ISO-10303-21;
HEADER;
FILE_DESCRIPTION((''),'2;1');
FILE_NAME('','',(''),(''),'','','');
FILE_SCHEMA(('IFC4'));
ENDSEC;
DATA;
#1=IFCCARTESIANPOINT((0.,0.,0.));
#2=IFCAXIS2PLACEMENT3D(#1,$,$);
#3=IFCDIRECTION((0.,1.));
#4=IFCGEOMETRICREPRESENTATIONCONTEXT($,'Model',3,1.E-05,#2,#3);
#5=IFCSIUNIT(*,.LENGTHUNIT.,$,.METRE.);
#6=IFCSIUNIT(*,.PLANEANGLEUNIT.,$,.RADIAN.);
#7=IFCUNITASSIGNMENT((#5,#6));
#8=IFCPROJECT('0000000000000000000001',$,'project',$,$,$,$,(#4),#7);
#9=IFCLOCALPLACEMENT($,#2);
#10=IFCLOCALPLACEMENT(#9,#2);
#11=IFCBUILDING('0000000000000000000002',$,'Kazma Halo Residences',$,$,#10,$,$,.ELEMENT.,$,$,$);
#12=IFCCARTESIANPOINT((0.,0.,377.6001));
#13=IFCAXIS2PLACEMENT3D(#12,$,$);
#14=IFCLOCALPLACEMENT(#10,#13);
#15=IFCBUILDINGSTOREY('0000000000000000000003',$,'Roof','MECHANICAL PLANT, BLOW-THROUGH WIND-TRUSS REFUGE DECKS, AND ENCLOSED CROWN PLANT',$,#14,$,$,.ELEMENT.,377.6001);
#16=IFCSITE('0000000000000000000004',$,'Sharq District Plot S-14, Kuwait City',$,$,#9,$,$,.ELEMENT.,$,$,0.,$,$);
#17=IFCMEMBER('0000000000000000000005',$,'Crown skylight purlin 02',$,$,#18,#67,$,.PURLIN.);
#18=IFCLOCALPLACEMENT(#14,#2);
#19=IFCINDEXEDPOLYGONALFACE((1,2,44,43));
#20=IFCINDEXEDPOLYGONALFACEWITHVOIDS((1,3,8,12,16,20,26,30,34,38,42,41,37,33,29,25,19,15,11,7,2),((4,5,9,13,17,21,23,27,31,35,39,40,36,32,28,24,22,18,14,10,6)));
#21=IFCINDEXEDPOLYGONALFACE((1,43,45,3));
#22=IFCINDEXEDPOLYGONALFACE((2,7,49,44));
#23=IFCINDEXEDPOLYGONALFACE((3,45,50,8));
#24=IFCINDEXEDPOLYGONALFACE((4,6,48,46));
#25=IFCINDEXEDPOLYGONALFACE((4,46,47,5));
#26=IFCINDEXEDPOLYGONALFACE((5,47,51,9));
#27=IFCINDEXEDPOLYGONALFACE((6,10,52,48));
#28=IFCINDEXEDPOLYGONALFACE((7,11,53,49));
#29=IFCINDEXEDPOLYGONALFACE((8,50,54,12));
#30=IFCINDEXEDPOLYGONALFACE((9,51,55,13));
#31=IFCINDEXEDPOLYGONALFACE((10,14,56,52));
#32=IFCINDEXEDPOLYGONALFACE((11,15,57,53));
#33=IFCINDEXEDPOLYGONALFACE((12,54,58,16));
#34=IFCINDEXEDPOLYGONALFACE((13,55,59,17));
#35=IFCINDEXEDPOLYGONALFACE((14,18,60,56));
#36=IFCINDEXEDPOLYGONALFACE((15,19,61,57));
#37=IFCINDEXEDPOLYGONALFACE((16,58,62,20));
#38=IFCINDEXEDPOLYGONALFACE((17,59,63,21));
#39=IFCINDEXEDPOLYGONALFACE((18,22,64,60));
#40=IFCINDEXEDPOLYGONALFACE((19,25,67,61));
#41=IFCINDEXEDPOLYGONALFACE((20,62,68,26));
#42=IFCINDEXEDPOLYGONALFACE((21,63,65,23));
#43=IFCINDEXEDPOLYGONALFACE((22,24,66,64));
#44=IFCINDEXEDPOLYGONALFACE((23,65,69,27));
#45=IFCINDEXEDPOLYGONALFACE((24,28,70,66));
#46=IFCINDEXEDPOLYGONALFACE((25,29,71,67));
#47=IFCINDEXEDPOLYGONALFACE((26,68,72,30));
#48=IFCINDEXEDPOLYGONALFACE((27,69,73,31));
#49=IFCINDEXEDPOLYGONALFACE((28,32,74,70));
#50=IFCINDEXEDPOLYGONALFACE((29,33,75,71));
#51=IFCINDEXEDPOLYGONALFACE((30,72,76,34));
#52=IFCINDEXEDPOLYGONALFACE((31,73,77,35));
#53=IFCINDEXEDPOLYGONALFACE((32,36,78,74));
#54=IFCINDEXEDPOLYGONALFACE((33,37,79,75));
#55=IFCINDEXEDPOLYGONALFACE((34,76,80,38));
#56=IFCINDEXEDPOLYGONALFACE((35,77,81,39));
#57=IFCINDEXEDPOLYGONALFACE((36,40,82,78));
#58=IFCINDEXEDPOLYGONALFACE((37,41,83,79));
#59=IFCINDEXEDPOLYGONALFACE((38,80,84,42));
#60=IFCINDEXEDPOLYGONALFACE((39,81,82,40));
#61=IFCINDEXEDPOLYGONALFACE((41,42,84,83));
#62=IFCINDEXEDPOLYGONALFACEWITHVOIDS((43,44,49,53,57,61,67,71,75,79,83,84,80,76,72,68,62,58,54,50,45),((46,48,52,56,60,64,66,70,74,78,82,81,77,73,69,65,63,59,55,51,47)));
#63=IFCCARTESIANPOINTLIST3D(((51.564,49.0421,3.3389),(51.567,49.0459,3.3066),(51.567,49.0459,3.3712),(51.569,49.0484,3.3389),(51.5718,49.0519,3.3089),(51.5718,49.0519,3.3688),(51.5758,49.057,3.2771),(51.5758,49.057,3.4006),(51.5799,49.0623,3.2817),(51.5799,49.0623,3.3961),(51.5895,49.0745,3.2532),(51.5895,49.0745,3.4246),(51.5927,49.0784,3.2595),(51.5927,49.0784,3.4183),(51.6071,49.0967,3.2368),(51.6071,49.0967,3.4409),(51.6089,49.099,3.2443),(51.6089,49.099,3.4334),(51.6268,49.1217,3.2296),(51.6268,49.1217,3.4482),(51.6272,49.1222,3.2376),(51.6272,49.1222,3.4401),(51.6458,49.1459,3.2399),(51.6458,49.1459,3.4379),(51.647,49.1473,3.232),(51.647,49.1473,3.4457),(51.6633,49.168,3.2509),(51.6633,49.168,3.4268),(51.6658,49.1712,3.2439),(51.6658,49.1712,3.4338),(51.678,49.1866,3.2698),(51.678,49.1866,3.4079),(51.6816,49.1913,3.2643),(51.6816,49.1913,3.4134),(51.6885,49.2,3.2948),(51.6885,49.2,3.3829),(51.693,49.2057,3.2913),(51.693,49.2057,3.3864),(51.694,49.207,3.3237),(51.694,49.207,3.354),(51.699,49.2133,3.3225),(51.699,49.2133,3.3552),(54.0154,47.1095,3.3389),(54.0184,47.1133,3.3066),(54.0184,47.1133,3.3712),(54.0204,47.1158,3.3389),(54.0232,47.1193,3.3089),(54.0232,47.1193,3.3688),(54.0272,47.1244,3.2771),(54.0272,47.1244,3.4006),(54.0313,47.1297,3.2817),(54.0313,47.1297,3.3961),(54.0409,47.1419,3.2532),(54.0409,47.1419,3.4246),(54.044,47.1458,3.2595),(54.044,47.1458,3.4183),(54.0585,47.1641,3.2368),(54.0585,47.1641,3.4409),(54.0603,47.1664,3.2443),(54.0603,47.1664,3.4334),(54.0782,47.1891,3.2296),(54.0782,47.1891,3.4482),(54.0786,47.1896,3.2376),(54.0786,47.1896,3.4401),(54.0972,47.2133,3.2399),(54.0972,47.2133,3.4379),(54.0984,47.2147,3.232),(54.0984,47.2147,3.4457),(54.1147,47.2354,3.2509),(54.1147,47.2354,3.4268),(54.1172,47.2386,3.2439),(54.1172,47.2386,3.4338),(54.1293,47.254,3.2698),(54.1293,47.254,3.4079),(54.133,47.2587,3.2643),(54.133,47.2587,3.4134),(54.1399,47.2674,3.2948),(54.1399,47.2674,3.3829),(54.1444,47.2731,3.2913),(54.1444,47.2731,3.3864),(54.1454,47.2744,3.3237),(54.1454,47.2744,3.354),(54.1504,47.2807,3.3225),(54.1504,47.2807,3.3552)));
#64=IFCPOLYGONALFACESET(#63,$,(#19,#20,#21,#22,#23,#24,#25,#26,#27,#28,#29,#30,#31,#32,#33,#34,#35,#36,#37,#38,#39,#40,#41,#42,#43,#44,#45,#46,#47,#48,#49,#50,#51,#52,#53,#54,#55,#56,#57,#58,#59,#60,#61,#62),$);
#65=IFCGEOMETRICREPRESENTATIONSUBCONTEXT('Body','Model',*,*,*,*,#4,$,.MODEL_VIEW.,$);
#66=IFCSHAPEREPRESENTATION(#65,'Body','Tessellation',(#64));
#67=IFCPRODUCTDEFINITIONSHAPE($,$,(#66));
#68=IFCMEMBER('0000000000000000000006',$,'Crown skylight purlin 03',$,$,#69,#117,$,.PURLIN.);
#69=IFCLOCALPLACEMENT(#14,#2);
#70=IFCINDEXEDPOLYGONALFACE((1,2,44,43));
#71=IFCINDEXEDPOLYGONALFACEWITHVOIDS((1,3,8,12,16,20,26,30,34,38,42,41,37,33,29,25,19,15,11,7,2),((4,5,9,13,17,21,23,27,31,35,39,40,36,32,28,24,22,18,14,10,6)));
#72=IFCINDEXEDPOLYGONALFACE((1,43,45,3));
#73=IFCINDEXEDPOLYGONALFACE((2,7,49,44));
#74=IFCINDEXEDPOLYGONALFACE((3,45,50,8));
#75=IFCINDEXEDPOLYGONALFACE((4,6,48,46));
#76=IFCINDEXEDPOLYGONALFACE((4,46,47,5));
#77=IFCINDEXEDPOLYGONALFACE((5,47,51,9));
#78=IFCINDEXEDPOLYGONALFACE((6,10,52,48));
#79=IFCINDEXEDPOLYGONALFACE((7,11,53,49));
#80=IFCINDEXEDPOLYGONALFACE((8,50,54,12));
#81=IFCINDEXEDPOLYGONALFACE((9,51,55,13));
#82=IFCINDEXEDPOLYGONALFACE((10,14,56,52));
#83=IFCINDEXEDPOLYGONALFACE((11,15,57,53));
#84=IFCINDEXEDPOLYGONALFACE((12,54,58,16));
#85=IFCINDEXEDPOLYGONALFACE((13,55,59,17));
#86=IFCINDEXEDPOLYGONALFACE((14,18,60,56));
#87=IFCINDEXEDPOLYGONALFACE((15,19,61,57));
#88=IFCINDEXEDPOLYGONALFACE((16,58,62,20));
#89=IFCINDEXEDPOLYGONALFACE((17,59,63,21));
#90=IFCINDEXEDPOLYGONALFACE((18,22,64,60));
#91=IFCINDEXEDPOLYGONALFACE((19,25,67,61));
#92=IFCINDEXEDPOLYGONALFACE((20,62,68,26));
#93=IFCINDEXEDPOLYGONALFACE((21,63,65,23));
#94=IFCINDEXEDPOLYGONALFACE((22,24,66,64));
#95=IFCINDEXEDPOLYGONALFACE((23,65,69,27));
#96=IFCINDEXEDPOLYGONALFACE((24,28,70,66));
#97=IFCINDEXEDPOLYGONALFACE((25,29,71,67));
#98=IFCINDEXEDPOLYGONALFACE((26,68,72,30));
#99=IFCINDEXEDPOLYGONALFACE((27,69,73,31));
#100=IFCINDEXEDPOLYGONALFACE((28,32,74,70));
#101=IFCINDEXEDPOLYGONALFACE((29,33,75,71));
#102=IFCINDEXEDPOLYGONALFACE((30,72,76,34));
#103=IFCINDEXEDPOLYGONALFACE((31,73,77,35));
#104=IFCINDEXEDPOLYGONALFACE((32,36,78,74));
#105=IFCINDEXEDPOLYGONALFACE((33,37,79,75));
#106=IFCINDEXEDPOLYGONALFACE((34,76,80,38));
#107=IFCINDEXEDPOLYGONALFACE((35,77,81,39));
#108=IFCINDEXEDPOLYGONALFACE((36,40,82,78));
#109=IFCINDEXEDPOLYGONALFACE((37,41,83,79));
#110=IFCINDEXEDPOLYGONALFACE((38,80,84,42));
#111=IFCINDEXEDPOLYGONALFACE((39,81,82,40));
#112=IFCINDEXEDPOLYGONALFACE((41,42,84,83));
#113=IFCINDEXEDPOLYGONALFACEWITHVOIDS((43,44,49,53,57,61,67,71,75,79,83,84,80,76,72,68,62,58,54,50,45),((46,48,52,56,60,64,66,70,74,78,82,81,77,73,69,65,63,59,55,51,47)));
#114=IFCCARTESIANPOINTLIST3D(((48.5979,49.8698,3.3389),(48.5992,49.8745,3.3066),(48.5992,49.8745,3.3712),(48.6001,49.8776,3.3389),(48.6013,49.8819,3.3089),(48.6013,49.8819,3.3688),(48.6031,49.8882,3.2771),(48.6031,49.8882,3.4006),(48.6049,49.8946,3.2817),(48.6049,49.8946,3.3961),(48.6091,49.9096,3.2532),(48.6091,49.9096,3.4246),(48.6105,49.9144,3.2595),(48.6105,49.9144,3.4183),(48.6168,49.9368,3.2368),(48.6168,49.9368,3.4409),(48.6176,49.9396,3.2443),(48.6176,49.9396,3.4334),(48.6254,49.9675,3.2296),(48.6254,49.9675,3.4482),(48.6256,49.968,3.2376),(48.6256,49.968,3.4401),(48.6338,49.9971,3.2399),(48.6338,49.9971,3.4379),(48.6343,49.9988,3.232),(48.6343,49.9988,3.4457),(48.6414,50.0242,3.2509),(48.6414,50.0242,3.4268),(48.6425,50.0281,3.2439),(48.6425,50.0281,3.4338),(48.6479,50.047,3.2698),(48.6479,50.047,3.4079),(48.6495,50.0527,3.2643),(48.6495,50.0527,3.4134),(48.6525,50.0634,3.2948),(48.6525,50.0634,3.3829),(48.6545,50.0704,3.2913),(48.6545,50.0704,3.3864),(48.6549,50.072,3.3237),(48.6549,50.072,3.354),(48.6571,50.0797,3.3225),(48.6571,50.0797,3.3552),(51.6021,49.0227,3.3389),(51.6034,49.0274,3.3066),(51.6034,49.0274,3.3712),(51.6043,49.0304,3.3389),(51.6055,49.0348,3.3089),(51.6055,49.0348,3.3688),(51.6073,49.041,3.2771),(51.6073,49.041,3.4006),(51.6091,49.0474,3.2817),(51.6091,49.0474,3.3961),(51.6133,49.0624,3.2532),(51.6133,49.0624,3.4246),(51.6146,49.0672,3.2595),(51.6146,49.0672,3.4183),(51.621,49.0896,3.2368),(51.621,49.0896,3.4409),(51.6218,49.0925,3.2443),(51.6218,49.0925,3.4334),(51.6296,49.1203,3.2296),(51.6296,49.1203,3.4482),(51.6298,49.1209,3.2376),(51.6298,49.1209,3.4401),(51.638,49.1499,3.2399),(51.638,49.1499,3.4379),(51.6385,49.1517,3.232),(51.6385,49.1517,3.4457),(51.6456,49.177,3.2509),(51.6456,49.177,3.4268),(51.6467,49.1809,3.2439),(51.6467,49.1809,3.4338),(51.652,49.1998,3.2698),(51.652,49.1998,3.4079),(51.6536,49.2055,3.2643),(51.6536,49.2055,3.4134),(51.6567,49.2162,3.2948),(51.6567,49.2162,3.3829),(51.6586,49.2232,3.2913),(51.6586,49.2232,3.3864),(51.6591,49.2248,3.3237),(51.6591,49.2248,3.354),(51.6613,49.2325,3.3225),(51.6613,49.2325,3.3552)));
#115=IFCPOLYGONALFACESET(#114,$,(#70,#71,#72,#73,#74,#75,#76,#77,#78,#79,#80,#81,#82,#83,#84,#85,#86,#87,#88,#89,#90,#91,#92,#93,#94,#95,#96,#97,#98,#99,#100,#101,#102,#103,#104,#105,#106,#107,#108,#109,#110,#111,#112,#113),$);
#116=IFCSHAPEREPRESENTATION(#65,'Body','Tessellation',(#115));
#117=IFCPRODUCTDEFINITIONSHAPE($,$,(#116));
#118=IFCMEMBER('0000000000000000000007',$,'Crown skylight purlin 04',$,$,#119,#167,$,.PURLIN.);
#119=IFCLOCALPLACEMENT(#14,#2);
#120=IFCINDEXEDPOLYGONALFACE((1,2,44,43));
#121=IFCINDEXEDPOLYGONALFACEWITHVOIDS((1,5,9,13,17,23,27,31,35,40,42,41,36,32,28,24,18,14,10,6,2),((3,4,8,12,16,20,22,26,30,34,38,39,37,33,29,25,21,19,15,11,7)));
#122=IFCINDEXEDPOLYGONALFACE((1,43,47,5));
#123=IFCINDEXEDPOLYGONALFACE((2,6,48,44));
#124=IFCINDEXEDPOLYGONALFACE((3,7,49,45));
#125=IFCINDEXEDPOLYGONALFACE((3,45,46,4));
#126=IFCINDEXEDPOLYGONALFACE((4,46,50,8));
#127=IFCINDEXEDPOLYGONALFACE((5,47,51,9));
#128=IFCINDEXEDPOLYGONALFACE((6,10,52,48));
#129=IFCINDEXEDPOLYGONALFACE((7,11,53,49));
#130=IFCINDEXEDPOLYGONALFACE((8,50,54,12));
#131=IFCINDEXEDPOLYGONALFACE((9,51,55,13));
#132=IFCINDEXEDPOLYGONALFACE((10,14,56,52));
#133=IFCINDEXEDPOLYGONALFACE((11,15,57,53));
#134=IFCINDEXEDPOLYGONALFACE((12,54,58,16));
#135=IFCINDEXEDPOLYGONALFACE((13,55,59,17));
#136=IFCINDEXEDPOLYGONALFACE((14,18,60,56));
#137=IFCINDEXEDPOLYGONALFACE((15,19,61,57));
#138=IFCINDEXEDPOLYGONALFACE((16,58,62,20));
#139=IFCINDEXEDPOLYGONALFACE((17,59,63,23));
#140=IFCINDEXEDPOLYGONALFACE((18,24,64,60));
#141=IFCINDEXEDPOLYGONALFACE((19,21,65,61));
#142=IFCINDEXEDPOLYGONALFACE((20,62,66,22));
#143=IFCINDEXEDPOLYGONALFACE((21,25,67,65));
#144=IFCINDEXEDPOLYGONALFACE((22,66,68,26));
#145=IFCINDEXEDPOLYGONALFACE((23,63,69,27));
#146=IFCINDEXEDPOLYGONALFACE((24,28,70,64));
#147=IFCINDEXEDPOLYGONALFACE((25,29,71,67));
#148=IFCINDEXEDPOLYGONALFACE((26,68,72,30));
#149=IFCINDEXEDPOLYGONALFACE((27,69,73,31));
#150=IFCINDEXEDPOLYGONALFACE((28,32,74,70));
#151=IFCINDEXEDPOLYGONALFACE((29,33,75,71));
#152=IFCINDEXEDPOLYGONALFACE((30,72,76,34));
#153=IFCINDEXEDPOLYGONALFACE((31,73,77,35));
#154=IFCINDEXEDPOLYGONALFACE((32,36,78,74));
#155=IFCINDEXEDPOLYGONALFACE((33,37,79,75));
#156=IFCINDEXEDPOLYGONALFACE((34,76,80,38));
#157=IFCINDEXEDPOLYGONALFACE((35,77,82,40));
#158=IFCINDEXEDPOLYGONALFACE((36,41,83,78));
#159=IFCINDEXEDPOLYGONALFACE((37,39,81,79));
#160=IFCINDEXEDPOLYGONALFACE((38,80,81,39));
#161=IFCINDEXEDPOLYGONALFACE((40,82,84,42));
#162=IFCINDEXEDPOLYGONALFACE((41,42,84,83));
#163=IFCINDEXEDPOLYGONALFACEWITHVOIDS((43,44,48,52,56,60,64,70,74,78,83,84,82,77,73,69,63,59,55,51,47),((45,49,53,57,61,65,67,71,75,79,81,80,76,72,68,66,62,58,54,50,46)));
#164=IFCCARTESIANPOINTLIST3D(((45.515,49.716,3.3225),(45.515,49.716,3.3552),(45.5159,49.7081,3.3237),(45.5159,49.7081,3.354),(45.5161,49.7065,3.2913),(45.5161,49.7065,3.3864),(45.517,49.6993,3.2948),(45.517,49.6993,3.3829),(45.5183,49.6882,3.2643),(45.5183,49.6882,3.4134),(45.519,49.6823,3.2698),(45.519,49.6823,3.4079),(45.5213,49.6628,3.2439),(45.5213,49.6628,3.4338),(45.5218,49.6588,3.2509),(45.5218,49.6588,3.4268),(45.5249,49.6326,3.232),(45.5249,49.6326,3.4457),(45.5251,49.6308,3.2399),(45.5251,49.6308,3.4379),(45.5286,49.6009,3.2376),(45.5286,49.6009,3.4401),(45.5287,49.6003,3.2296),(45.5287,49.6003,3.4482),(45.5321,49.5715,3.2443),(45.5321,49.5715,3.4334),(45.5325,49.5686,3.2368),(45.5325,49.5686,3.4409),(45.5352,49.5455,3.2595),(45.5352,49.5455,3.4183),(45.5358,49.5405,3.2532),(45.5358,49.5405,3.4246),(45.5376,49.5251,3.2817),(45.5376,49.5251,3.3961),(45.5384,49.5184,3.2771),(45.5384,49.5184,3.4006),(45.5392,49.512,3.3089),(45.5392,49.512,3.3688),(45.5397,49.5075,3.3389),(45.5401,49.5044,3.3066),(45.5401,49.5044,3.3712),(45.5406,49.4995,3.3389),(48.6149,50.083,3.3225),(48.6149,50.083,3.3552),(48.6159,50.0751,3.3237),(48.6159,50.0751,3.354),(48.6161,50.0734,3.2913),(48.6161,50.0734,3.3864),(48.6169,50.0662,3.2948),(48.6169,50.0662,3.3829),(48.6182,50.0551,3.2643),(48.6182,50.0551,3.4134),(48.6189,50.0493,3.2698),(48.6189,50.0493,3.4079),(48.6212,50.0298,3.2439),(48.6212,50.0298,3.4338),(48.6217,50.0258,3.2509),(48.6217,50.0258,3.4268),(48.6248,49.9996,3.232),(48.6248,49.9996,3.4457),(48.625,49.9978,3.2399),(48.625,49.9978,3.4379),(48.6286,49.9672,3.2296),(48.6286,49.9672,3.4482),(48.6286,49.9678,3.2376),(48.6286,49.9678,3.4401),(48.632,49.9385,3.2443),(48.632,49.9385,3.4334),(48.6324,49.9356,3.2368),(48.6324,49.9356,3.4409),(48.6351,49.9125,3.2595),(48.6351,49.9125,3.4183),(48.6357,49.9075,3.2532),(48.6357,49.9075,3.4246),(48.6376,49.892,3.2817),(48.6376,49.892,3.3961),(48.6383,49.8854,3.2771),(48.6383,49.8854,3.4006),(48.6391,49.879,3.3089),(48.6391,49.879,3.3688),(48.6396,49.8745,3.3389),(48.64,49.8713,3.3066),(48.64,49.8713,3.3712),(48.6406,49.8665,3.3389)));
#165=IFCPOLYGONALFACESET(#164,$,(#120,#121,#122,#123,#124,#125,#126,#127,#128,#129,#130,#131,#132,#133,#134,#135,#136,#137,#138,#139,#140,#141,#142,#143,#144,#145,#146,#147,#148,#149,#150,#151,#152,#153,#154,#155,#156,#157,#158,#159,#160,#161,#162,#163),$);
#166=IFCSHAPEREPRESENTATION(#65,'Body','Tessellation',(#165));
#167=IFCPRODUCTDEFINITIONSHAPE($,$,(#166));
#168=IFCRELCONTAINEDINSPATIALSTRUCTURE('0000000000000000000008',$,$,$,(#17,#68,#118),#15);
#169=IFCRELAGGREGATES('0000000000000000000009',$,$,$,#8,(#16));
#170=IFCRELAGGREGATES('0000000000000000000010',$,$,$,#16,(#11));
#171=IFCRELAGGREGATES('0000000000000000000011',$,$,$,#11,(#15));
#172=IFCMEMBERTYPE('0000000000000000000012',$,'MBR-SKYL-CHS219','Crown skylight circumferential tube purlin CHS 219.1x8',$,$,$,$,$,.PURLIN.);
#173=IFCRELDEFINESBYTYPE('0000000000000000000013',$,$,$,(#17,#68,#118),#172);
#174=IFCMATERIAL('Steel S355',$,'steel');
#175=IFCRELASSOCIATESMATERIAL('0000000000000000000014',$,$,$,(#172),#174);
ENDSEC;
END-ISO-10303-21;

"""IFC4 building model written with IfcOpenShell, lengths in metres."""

from ifc_helpers import new_model, si_unit, direction, frame, origin, origin_2d, place, context, subcontext, project, spatial, hollow_circle, extrude, material, material_profile, profile_set, type_object, element, save


model = new_model("IFC4")

# Units and contexts
model_context = context("Model", 3, precision=1e-05, world=origin(), true_north=direction((0.0, 1.0)))
body_context = subcontext(model_context, "Body", "Model", "MODEL_VIEW")
ifc_project = project(units=[si_unit("LENGTHUNIT", "METRE"), si_unit("PLANEANGLEUNIT", "RADIAN")], contexts=[model_context])

# Site, building, storey
site_placement = place(None, origin())
site = spatial("IfcSite", under=ifc_project, at=site_placement, Name="Sharq District Plot S-14, Kuwait City", CompositionType="ELEMENT", RefElevation=0.0)
building_placement = place(site_placement, origin())
building = spatial("IfcBuilding", under=site, at=building_placement, Name="Kazma Halo Residences", CompositionType="ELEMENT")
storey_placement = place(building_placement, frame((0.0, 0.0, 377.6001)))
storey = spatial("IfcBuildingStorey", under=building, at=storey_placement, Name="Roof", Description="MECHANICAL PLANT, BLOW-THROUGH WIND-TRUSS REFUGE DECKS, AND ENCLOSED CROWN PLANT", CompositionType="ELEMENT", Elevation=377.6001)

# Shared definitions
ifc_material_1 = material(Name="Steel S355", Category="steel")

# Members
ifc_material_profile_1 = material_profile(ifc_material_1, hollow_circle(Radius=0.1096, WallThickness=0.0081, at=origin_2d()), Name="CHS219.1x8")
ifc_profile_set_1 = profile_set([ifc_material_profile_1], Name="Steel S355")
member_type_1 = type_object("IfcMemberType", Name="MBR-SKYL-CHS219", Description="Crown skylight circumferential tube purlin CHS 219.1x8", PredefinedType="PURLIN", material=ifc_profile_set_1)
member_1_placement = place(storey_placement, frame((54.0833, 47.1956, 3.3389), z_axis=(-0.785305, 0.619109, 0.0), x_axis=(-0.619109, -0.785305, 0.0)))
element("IfcMember", 1, at=member_1_placement, inside=storey, type_object=member_type_1, Name="Crown skylight purlin 02", PredefinedType="PURLIN", context=body_context, shape_type="SweptSolid", body=[
    extrude(hollow_circle(Radius=0.1096, WallThickness=0.0081, at=origin_2d()), origin(), (0.0, 0.0, 1.0), 3.1216),
])
member_2_placement = place(storey_placement, frame((51.6318, 49.1282, 3.3389), z_axis=(-0.962463, 0.271414, 0.0), x_axis=(-0.271414, -0.962463, 0.0)))
element("IfcMember", 2, at=member_2_placement, inside=storey, type_object=member_type_1, Name="Crown skylight purlin 03", PredefinedType="PURLIN", context=body_context, shape_type="SweptSolid", body=[
    extrude(hollow_circle(Radius=0.1096, WallThickness=0.0081, at=origin_2d()), origin(), (0.0, 0.0, 1.0), 3.1213),
])
member_3_placement = place(storey_placement, frame((48.6277, 49.9753, 3.3389), z_axis=(-0.993067, -0.117554, 0.0), x_axis=(0.117554, -0.993067, 0.0)))
element("IfcMember", 3, at=member_3_placement, inside=storey, type_object=member_type_1, Name="Crown skylight purlin 04", PredefinedType="PURLIN", context=body_context, shape_type="SweptSolid", body=[
    extrude(hollow_circle(Radius=0.1096, WallThickness=0.0081, at=origin_2d()), origin(), (0.0, 0.0, 1.0), 3.1216),
])

save(model, "model.ifc")
